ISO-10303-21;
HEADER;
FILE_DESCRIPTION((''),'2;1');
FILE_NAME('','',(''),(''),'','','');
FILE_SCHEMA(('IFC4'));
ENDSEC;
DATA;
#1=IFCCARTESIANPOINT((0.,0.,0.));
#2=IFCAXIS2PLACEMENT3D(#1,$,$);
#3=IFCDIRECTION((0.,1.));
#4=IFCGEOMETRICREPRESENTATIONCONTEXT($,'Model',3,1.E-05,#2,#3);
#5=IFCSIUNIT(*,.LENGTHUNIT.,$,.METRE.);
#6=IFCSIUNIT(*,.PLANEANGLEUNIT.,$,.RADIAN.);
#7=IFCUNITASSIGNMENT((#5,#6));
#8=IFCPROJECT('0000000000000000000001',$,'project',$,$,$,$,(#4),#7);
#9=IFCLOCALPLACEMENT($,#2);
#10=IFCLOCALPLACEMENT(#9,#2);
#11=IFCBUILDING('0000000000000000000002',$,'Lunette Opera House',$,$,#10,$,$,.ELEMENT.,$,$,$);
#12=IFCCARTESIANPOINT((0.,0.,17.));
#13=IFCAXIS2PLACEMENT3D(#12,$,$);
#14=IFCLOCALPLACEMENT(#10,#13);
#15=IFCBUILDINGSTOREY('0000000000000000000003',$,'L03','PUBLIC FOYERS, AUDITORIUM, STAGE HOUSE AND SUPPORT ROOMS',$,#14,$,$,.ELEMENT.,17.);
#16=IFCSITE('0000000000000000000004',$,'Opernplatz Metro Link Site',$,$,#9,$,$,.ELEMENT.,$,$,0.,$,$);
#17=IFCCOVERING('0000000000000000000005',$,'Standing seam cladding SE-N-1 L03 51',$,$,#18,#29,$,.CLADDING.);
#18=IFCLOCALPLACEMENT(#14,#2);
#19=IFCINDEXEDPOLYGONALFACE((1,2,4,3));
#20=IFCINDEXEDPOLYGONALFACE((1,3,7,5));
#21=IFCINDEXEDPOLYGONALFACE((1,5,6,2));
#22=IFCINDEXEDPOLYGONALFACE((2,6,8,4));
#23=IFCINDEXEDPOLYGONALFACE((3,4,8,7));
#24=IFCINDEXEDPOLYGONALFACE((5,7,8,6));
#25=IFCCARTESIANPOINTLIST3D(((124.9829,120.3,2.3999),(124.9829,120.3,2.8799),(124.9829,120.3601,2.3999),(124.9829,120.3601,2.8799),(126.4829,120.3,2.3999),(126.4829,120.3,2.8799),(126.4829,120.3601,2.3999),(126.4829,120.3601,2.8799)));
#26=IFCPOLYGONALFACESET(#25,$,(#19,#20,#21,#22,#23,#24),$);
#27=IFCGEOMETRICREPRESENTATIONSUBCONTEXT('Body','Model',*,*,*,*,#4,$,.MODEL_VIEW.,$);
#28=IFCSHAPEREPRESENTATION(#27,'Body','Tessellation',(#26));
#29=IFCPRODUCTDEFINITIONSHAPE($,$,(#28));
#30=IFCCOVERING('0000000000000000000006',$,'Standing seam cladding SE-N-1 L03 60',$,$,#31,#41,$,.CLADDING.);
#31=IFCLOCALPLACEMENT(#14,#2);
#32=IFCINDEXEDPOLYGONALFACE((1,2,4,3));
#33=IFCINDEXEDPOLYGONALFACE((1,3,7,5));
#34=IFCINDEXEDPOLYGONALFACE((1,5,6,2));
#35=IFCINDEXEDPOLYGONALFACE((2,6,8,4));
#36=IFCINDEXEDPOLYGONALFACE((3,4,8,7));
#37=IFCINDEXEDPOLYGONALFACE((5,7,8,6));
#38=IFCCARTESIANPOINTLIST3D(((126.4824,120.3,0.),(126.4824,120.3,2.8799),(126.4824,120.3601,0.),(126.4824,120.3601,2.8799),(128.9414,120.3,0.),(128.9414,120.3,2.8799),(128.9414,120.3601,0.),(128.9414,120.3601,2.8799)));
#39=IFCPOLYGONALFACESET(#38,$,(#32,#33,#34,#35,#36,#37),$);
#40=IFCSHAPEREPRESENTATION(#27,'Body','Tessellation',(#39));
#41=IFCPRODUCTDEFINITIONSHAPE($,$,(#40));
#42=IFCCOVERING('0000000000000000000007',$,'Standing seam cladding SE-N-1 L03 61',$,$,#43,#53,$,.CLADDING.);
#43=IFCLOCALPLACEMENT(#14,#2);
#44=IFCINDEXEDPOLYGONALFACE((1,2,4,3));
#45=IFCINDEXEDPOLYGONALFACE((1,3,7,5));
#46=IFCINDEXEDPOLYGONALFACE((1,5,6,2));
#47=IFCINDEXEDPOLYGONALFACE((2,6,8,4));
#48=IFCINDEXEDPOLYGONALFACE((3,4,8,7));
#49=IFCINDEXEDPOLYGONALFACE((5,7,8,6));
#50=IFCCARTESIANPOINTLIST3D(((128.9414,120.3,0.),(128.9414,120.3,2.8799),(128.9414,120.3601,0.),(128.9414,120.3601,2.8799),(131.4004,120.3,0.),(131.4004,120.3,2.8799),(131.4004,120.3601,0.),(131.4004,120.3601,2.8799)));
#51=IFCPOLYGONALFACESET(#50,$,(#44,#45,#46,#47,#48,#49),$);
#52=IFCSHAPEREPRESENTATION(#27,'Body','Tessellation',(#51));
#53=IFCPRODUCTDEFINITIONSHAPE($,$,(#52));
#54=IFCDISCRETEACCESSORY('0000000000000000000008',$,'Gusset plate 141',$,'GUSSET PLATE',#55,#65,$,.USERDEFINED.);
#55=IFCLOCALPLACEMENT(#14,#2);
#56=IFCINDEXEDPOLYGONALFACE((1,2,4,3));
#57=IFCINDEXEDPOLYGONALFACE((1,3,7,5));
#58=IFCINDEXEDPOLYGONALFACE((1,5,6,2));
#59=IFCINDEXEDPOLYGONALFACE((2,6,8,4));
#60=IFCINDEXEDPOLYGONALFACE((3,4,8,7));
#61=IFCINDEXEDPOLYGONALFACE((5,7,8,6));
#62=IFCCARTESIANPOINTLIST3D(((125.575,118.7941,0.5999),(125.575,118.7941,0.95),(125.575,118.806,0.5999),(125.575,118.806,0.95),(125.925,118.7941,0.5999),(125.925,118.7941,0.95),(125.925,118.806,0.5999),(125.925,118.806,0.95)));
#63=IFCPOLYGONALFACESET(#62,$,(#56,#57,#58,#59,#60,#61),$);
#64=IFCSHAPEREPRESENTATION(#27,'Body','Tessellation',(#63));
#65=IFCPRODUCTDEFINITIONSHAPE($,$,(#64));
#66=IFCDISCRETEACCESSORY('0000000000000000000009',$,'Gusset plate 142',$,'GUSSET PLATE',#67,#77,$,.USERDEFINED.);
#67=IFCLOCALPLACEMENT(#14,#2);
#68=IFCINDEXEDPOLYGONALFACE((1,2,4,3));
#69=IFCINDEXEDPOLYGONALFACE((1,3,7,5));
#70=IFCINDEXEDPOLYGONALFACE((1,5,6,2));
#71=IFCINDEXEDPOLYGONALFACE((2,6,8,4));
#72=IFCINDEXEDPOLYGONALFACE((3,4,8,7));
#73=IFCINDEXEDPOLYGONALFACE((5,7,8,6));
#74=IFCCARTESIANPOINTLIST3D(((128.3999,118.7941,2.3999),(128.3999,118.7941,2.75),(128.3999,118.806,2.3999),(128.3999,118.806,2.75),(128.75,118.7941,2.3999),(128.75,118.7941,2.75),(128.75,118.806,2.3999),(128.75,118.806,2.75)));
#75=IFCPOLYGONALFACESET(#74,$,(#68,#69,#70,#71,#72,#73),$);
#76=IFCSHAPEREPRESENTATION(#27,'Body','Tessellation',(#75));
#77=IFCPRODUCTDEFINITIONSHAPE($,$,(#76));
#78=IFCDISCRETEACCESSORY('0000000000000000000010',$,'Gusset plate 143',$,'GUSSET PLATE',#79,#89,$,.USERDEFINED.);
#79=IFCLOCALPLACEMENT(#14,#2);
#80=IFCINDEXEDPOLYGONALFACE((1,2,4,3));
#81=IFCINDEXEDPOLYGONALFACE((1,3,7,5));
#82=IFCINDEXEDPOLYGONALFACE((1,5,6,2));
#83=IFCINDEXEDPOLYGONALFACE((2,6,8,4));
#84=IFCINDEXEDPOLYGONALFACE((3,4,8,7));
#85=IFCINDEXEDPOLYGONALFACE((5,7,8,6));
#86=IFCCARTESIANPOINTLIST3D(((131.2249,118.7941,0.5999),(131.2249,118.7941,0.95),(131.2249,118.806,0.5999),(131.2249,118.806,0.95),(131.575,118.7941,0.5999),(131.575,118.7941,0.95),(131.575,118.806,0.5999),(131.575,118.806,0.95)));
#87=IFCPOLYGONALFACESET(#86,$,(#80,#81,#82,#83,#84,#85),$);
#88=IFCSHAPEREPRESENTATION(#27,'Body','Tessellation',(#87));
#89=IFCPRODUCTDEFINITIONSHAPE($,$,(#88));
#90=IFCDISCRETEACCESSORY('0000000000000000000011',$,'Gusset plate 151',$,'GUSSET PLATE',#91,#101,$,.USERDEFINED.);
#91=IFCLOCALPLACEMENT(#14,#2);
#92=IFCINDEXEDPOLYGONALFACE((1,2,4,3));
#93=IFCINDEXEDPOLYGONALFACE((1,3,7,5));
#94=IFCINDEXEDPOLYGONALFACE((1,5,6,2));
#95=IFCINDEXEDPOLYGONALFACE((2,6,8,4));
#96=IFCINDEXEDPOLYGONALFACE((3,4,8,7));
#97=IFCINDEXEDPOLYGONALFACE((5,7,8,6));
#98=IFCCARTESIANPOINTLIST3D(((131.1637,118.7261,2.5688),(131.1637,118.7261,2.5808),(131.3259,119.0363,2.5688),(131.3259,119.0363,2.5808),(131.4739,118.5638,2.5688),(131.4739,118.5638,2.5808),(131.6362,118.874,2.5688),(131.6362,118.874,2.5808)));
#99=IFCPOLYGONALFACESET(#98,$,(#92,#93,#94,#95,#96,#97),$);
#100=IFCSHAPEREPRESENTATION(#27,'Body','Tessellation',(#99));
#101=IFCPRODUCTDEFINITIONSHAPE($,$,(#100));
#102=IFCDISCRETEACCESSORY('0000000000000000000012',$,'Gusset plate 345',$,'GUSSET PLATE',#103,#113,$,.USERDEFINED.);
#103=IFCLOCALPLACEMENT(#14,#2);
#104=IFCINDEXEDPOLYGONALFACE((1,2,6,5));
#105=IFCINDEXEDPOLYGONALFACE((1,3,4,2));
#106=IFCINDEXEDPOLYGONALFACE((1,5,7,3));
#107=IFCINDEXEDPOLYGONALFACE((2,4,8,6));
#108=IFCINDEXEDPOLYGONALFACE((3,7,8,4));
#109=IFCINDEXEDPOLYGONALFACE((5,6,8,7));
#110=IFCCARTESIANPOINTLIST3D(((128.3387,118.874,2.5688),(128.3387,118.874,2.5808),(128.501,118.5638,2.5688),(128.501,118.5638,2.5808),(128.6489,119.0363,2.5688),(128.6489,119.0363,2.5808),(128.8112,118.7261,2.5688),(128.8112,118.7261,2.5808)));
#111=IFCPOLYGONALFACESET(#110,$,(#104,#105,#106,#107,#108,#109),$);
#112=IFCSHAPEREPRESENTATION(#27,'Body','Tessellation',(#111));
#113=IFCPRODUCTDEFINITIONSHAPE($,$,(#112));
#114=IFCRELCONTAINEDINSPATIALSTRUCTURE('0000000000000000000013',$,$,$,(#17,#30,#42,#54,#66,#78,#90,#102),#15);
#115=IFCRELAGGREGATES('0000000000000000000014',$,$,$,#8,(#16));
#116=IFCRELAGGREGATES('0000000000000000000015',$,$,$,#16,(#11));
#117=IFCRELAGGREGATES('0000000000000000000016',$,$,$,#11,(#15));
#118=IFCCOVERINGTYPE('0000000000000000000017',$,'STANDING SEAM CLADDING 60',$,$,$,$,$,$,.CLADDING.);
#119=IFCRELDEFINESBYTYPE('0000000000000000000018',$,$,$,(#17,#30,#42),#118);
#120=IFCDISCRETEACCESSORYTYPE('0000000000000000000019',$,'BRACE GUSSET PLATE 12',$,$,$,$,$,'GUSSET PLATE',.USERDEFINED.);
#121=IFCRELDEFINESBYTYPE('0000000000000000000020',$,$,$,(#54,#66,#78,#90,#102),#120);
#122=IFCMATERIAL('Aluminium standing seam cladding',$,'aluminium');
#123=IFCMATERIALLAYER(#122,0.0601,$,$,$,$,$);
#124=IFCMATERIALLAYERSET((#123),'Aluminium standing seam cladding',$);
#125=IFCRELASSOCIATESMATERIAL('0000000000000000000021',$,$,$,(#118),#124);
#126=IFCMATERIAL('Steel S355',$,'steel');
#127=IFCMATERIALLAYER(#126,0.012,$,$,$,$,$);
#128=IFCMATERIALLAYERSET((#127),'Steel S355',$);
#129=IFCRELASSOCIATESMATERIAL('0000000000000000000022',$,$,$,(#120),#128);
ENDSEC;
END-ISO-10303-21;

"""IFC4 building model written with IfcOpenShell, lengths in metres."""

from ifc_helpers import new_model, si_unit, direction, frame, origin, origin_2d, place, context, subcontext, project, spatial, rectangle, extrude, material, layer, layer_set, type_object, element, save


model = new_model("IFC4")

# Units and contexts
model_context = context("Model", 3, precision=1e-05, world=origin(), true_north=direction((0.0, 1.0)))
body_context = subcontext(model_context, "Body", "Model", "MODEL_VIEW")
ifc_project = project(units=[si_unit("LENGTHUNIT", "METRE"), si_unit("PLANEANGLEUNIT", "RADIAN")], contexts=[model_context])

# Site, building, storey
site_placement = place(None, origin())
site = spatial("IfcSite", under=ifc_project, at=site_placement, Name="Opernplatz Metro Link Site", CompositionType="ELEMENT", RefElevation=0.0)
building_placement = place(site_placement, origin())
building = spatial("IfcBuilding", under=site, at=building_placement, Name="Lunette Opera House", CompositionType="ELEMENT")
storey_placement = place(building_placement, frame((0.0, 0.0, 17.0)))
storey = spatial("IfcBuildingStorey", under=building, at=storey_placement, Name="L03", Description="PUBLIC FOYERS, AUDITORIUM, STAGE HOUSE AND SUPPORT ROOMS", CompositionType="ELEMENT", Elevation=17.0)

# Coverings
ifc_material_1 = material(Name="Aluminium standing seam cladding", Category="aluminium")
ifc_layer_1 = layer(ifc_material_1, 0.0601)
ifc_layer_set_1 = layer_set([ifc_layer_1], Name="Aluminium standing seam cladding")
covering_type = type_object("IfcCoveringType", Name="STANDING SEAM CLADDING 60", PredefinedType="CLADDING", material=ifc_layer_set_1)
covering_1_placement = place(storey_placement, frame((125.7329, 120.3301, 2.3999), z_axis=(0.0, 0.0, 1.0), x_axis=(1.0, 0.0, 0.0)))
element("IfcCovering", 1, at=covering_1_placement, inside=storey, type_object=covering_type, Name="Standing seam cladding SE-N-1 L03 51", PredefinedType="CLADDING", context=body_context, shape_type="SweptSolid", body=[
    extrude(rectangle(XDim=1.5, YDim=0.0601, at=origin_2d()), origin(), (0.0, 0.0, 1.0), 0.48),
])
for number, where, z_axis, x_axis, name in (
    (2, (127.7119, 120.3301, 0.0), (0.0, 0.0, 1.0), (1.0, 0.0, 0.0), "Standing seam cladding SE-N-1 L03 60"),
    (3, (130.1709, 120.3301, 0.0), (0.0, 0.0, 1.0), (1.0, 0.0, 0.0), "Standing seam cladding SE-N-1 L03 61"),
):
    element("IfcCovering", number, at=place(storey_placement, frame(where, z_axis=z_axis, x_axis=x_axis)), inside=storey, type_object=covering_type, Name=name, PredefinedType="CLADDING", context=body_context, shape_type="SweptSolid", body=[
        extrude(rectangle(XDim=2.459, YDim=0.0601, at=origin_2d()), origin(), (0.0, 0.0, 1.0), 2.8799),
    ])

# Discrete accessories
ifc_material_2 = material(Name="Steel S355", Category="steel")
ifc_layer_2 = layer(ifc_material_2, 0.012)
ifc_layer_set_2 = layer_set([ifc_layer_2], Name="Steel S355")
discrete_accessory_type = type_object("IfcDiscreteAccessoryType", Name="BRACE GUSSET PLATE 12", ElementType="GUSSET PLATE", PredefinedType="USERDEFINED", material=ifc_layer_set_2)
for number, where, z_axis, x_axis, name in (
    (4, (125.75, 118.8, 0.5999), (0.0, 0.0, 1.0), (1.0, 0.0, 0.0), "Gusset plate 141"),
    (5, (128.575, 118.8, 2.3999), (0.0, 0.0, 1.0), (1.0, 0.0, 0.0), "Gusset plate 142"),
    (6, (131.3999, 118.8, 0.5999), (0.0, 0.0, 1.0), (1.0, 0.0, 0.0), "Gusset plate 143"),
):
    element("IfcDiscreteAccessory", number, at=place(storey_placement, frame(where, z_axis=z_axis, x_axis=x_axis)), inside=storey, type_object=discrete_accessory_type, Name=name, ObjectType="GUSSET PLATE", PredefinedType="USERDEFINED", context=body_context, shape_type="SweptSolid", body=[
        extrude(rectangle(XDim=0.3501, YDim=0.012, at=origin_2d()), origin(), (0.0, 0.0, 1.0), 0.3501),
    ])
for number, where, z_axis, x_axis, name in (
    (7, (131.3999, 118.8, 2.5688), (0.0, 0.0, 1.0), (0.463547, 0.886073, 0.0), "Gusset plate 151"),
    (8, (128.575, 118.8, 2.5688), (0.0, 0.0, 1.0), (-0.463676, 0.886005, 0.0), "Gusset plate 345"),
):
    element("IfcDiscreteAccessory", number, at=place(storey_placement, frame(where, z_axis=z_axis, x_axis=x_axis)), inside=storey, type_object=discrete_accessory_type, Name=name, ObjectType="GUSSET PLATE", PredefinedType="USERDEFINED", context=body_context, shape_type="SweptSolid", body=[
        extrude(rectangle(XDim=0.3501, YDim=0.3501, at=origin_2d()), origin(), (0.0, 0.0, 1.0), 0.012),
    ])

save(model, "model.ifc")
